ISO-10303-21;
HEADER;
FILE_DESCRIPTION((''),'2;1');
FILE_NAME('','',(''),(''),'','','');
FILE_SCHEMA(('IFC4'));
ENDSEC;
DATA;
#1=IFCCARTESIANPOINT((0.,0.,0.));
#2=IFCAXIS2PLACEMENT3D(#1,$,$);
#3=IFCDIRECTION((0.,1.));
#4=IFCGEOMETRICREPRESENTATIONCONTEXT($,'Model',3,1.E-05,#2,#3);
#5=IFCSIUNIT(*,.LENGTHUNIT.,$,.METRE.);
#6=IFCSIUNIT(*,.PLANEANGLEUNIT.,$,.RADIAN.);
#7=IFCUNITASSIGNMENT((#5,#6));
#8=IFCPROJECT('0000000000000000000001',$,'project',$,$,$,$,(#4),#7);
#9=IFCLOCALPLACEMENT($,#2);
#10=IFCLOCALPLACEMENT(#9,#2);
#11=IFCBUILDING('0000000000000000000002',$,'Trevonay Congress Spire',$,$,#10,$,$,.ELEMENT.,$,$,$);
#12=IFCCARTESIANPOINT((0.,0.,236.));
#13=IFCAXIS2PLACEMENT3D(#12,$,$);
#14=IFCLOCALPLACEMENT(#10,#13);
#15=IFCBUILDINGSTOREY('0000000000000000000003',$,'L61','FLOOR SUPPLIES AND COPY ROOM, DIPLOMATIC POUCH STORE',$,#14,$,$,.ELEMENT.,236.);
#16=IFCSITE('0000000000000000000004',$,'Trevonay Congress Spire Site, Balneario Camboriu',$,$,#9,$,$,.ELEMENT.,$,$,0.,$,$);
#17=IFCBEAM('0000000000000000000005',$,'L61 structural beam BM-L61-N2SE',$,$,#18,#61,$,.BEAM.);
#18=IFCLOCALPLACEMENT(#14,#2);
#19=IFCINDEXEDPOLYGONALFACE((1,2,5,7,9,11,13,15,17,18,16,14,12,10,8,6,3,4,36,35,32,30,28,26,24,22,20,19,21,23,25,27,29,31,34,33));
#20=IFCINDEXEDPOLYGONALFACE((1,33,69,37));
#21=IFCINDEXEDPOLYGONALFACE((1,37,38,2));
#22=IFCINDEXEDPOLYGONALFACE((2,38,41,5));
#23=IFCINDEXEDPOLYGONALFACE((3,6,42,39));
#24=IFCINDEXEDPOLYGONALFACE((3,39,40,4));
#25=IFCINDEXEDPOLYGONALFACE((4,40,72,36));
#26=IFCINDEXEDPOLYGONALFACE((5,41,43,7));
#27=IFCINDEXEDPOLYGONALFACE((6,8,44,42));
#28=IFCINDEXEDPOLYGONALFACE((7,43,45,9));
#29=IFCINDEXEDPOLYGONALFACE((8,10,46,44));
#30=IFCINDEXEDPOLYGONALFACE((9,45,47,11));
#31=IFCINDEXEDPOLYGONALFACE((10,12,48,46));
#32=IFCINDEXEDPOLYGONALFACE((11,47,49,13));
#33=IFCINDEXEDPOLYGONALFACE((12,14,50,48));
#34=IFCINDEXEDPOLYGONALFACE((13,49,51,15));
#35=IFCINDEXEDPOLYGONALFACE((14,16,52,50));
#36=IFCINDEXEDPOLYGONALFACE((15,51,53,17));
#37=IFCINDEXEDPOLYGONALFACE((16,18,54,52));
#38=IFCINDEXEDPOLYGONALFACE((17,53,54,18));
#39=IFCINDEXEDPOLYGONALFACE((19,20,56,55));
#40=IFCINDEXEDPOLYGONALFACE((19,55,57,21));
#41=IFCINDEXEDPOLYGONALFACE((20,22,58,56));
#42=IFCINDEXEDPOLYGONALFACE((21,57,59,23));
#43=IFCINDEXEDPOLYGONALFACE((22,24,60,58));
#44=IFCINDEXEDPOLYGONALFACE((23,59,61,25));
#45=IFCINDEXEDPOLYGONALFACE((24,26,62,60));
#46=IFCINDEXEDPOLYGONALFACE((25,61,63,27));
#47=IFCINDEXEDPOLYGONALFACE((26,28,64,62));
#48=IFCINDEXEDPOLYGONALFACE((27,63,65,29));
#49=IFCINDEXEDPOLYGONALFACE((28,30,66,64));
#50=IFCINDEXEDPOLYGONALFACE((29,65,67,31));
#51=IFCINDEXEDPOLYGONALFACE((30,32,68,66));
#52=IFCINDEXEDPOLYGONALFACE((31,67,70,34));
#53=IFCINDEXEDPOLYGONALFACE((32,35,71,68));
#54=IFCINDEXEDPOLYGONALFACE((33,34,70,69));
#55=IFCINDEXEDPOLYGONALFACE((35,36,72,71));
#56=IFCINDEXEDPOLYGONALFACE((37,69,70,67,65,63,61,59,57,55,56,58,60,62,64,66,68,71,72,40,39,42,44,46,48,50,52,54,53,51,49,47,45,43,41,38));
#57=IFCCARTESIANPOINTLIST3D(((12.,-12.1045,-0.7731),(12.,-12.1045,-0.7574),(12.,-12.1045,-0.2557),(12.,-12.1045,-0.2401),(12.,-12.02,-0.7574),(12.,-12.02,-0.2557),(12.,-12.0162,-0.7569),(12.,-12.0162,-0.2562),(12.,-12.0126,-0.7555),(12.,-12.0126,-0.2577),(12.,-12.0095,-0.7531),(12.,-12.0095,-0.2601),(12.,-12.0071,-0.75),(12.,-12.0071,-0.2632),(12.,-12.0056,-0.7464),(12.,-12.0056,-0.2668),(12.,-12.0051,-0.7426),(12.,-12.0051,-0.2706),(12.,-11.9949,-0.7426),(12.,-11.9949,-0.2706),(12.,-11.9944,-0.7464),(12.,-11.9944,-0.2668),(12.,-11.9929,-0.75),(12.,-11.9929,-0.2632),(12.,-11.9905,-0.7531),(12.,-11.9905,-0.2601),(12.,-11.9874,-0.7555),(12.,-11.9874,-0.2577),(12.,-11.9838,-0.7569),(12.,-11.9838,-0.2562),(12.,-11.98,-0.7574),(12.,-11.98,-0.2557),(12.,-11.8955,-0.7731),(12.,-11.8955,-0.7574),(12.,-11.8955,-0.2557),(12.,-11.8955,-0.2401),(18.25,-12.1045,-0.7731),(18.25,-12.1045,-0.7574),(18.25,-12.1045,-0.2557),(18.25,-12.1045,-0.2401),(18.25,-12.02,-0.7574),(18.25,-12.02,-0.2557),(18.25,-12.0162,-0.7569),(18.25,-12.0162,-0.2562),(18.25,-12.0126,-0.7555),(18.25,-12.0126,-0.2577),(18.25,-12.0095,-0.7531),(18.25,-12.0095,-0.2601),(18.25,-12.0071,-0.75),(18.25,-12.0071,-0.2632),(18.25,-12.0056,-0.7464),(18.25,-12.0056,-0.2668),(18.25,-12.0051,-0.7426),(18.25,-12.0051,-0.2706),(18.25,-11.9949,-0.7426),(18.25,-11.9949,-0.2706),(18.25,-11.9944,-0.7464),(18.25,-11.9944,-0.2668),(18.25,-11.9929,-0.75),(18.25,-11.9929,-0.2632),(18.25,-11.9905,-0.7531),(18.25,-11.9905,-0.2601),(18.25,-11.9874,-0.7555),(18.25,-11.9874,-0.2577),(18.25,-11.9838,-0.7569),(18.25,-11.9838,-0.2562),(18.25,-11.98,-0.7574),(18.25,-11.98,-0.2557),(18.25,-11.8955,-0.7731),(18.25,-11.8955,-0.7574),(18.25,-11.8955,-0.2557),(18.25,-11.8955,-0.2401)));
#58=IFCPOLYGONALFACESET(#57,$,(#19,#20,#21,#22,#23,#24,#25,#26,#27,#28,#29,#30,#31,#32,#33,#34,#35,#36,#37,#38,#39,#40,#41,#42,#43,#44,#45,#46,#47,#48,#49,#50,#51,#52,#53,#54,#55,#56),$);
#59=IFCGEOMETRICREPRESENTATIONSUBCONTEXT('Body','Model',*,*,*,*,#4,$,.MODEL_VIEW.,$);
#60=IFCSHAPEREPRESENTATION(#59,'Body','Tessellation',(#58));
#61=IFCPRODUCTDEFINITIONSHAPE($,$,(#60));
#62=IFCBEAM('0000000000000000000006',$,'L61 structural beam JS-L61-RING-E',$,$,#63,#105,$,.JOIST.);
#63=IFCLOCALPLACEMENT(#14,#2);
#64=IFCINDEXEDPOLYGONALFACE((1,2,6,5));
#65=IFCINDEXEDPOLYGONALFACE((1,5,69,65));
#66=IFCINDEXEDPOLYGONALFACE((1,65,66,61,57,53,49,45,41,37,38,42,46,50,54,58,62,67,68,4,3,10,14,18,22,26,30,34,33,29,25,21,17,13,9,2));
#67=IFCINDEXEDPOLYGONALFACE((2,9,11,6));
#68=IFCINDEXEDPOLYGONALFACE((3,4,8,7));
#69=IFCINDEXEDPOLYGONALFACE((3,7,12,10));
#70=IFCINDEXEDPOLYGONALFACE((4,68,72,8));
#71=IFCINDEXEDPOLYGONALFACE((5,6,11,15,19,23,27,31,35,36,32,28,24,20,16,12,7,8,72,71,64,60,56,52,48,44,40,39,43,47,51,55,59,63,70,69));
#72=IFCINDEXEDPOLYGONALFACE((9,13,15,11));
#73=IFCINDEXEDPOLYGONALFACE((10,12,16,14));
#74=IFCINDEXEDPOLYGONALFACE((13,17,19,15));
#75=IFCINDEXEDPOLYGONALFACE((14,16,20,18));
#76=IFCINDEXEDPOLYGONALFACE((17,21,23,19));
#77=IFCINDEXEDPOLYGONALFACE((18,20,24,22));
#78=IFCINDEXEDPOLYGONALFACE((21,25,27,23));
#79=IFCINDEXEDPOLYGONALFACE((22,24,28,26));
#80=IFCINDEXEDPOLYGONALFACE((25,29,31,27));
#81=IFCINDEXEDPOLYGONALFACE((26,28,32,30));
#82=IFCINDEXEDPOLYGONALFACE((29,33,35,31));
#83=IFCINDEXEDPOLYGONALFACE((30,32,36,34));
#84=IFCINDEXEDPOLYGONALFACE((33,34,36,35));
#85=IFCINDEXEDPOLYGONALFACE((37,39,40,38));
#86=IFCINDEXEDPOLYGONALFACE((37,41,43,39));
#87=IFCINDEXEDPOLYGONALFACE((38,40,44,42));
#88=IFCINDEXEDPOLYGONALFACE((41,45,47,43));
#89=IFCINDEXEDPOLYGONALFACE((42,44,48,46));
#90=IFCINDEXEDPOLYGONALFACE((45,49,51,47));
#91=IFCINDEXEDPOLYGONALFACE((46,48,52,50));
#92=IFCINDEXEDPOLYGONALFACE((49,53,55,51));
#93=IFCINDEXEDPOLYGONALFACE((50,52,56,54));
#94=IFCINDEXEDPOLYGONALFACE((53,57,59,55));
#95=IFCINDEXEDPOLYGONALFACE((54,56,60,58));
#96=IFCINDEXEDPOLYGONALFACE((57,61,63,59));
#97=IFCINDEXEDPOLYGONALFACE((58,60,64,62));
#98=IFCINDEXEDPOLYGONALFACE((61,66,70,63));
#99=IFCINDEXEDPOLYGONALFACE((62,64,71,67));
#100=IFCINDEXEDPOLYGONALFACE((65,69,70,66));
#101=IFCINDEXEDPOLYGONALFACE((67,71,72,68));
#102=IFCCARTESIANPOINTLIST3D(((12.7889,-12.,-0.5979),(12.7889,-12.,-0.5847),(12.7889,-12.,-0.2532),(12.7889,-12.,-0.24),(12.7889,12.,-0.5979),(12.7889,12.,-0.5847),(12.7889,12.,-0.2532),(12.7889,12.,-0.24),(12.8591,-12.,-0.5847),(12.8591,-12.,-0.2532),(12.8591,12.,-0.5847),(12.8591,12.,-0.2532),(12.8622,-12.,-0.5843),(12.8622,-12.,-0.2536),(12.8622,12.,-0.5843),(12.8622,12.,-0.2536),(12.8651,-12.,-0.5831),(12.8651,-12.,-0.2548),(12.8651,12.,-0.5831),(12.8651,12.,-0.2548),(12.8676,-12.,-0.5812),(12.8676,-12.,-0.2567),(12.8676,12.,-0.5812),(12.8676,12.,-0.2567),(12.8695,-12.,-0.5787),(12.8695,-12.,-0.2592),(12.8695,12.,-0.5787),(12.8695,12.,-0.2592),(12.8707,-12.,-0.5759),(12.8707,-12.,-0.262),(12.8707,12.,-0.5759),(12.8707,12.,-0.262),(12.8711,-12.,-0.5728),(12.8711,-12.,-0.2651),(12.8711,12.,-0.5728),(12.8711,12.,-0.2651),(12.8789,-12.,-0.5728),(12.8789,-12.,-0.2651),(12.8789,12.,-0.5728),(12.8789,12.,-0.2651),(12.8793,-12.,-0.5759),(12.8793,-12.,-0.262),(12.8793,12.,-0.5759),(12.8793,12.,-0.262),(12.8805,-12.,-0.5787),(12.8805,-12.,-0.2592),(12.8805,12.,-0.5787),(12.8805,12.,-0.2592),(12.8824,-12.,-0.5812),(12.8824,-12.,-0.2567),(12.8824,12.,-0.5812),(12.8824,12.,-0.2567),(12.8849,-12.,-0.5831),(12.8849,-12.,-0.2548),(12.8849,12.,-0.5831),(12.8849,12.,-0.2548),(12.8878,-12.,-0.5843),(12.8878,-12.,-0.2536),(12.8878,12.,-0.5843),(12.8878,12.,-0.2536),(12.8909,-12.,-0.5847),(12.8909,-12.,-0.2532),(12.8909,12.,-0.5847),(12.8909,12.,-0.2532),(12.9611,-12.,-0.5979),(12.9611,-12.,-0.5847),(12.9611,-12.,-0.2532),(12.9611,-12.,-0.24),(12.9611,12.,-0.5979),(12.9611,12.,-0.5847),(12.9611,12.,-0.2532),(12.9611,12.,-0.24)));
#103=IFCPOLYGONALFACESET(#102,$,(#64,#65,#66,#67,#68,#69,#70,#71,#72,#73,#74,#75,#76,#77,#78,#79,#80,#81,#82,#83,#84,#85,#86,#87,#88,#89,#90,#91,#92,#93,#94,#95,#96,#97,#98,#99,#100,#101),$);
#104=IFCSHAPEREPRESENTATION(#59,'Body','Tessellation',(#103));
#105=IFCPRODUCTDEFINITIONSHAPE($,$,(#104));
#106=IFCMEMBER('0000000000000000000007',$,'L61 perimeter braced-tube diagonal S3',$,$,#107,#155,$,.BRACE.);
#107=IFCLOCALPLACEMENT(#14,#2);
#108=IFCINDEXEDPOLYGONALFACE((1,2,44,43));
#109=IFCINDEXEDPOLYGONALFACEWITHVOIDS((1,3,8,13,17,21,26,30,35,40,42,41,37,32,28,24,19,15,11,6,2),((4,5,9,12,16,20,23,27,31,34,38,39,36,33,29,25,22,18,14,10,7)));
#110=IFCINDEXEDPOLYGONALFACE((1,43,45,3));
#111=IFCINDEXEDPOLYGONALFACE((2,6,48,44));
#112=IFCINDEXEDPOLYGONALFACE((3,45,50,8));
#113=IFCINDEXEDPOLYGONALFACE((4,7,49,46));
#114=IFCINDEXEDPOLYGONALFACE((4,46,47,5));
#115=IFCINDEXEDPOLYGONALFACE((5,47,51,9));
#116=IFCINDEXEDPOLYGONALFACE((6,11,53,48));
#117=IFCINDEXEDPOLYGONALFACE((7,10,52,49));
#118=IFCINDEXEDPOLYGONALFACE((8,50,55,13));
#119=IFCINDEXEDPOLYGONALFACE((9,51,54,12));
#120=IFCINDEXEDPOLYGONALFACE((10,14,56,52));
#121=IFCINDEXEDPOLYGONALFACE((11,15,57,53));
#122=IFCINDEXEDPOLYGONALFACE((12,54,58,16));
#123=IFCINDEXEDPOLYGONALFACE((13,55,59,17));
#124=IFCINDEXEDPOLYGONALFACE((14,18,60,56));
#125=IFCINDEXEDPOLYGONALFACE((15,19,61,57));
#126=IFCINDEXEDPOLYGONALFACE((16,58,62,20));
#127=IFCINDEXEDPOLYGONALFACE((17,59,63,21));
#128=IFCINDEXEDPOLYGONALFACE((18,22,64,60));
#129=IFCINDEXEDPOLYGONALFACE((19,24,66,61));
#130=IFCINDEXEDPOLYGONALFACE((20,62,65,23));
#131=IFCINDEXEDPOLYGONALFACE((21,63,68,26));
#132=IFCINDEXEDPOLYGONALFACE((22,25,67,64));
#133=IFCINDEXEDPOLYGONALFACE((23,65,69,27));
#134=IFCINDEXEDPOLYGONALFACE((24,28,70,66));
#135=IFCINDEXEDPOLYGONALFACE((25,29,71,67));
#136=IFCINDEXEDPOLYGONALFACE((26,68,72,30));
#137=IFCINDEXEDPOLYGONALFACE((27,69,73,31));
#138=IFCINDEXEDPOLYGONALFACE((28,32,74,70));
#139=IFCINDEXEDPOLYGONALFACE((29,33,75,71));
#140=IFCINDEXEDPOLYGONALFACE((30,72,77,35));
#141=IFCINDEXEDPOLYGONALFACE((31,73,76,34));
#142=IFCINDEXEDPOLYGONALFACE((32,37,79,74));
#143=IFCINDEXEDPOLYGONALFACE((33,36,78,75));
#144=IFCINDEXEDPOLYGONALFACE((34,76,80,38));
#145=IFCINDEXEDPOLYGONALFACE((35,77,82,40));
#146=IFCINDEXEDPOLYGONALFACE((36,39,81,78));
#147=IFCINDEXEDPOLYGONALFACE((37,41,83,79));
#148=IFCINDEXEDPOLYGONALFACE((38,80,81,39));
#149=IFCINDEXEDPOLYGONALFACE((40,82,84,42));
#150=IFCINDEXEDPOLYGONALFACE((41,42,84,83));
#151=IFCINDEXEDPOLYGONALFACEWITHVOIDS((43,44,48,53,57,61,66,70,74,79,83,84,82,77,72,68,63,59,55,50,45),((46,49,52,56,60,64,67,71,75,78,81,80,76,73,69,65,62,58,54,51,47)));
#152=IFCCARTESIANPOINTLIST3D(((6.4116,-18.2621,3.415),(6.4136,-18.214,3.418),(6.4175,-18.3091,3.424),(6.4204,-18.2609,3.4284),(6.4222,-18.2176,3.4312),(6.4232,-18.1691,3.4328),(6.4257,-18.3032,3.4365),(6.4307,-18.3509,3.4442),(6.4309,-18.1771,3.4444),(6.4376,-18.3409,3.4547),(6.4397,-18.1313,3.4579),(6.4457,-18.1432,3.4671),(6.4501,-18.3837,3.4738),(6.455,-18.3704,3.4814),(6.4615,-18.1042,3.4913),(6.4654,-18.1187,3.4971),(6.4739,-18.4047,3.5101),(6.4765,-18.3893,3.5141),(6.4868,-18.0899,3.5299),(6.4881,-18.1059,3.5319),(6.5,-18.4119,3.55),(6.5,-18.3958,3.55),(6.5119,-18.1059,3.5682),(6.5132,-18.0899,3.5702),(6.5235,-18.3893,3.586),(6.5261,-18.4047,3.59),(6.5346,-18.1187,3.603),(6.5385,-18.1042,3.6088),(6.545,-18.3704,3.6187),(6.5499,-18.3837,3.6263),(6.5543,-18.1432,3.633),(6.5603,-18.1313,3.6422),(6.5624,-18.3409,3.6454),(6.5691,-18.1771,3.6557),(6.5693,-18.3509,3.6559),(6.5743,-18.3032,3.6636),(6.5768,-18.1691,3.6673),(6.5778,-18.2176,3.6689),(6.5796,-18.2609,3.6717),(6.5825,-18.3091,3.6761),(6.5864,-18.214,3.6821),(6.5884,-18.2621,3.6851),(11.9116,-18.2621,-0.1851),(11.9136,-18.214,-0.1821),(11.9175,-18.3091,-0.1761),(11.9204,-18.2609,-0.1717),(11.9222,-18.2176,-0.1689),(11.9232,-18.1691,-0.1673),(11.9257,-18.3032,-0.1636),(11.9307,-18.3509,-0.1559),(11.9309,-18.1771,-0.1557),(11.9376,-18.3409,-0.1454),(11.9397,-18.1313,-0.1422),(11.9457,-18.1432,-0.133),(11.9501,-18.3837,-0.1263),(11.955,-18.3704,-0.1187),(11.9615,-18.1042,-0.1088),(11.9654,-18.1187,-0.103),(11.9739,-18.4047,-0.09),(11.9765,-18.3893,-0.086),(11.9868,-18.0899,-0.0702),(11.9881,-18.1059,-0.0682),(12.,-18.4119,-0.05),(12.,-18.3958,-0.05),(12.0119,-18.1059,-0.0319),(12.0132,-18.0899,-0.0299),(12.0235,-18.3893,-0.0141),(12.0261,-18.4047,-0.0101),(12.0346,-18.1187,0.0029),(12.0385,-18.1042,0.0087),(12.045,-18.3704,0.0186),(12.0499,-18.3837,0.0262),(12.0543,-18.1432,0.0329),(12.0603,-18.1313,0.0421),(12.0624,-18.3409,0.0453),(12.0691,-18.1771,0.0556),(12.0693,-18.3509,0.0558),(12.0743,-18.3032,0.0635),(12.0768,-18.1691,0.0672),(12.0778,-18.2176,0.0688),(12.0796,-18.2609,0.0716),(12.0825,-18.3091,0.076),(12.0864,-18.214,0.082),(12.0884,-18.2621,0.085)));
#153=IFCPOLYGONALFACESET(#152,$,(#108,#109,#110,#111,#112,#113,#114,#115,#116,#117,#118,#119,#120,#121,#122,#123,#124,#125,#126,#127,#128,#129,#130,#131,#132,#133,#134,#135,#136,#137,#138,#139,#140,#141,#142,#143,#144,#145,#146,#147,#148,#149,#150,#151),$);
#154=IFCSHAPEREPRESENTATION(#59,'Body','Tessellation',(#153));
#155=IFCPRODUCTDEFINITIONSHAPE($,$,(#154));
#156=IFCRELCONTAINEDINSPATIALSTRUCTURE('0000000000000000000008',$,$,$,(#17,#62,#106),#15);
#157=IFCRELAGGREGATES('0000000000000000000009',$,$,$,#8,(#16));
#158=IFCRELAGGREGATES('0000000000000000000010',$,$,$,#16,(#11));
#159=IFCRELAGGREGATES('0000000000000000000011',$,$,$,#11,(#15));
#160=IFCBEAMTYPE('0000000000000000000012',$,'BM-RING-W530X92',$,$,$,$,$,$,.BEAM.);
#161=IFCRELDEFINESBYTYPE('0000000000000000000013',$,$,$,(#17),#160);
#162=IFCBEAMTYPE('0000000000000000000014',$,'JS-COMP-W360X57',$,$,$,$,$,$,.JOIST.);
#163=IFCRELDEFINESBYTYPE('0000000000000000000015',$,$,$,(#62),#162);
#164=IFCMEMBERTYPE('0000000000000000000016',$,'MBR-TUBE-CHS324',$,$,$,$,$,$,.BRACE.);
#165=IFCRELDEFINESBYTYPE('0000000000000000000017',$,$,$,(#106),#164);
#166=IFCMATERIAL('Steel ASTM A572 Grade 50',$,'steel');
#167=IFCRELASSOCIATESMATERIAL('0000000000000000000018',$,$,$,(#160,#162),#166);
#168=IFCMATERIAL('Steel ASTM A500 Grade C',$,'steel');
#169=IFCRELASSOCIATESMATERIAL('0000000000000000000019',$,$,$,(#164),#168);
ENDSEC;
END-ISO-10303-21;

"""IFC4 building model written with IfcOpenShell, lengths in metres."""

from ifc_helpers import new_model, si_unit, direction, frame, origin, origin_2d, place, context, subcontext, project, spatial, hollow_circle, i_section, extrude, material, material_profile, profile_set, type_object, element, save


model = new_model("IFC4")

# Units and contexts
model_context = context("Model", 3, precision=1e-05, world=origin(), true_north=direction((0.0, 1.0)))
body_context = subcontext(model_context, "Body", "Model", "MODEL_VIEW")
ifc_project = project(units=[si_unit("LENGTHUNIT", "METRE"), si_unit("PLANEANGLEUNIT", "RADIAN")], contexts=[model_context])

# Site, building, storey
site_placement = place(None, origin())
site = spatial("IfcSite", under=ifc_project, at=site_placement, Name="Trevonay Congress Spire Site, Balneario Camboriu", CompositionType="ELEMENT", RefElevation=0.0)
building_placement = place(site_placement, origin())
building = spatial("IfcBuilding", under=site, at=building_placement, Name="Trevonay Congress Spire", CompositionType="ELEMENT")
storey_placement = place(building_placement, frame((0.0, 0.0, 236.0)))
storey = spatial("IfcBuildingStorey", under=building, at=storey_placement, Name="L61", Description="FLOOR SUPPLIES AND COPY ROOM, DIPLOMATIC POUCH STORE", CompositionType="ELEMENT", Elevation=236.0)

# Shared definitions
ifc_material_1 = material(Name="Steel ASTM A572 Grade 50", Category="steel")

# Beams
ifc_material_profile_1 = material_profile(ifc_material_1, i_section(OverallWidth=0.209, OverallDepth=0.533, WebThickness=0.0103, FlangeThickness=0.0156, FilletRadius=0.0149, at=origin_2d()), Name="W530x92")
ifc_profile_set_1 = profile_set([ifc_material_profile_1], Name="Steel ASTM A572 Grade 50")
beam_type_1 = type_object("IfcBeamType", Name="BM-RING-W530X92", PredefinedType="BEAM", material=ifc_profile_set_1)
for number, where, z_axis, x_axis, name in (
    (1, (18.25, -12.0, -0.5066), (-1.0, 0.0, 0.0), (0.0, -1.0, 0.0), "L61 structural beam BM-L61-N2SE"),
):
    element("IfcBeam", number, at=place(storey_placement, frame(where, z_axis=z_axis, x_axis=x_axis)), inside=storey, type_object=beam_type_1, Name=name, PredefinedType="BEAM", context=body_context, shape_type="SweptSolid", body=[
        extrude(i_section(OverallWidth=0.209, OverallDepth=0.533, WebThickness=0.0103, FlangeThickness=0.0156, FilletRadius=0.0149, at=origin_2d()), origin(), (0.0, 0.0, 1.0), 6.25),
    ])
ifc_material_profile_2 = material_profile(ifc_material_1, i_section(OverallWidth=0.1721, OverallDepth=0.3579, WebThickness=0.0078, FlangeThickness=0.0132, FilletRadius=0.012, at=origin_2d()), Name="W360x57.8")
ifc_profile_set_2 = profile_set([ifc_material_profile_2], Name="Steel ASTM A572 Grade 50")
beam_type_2 = type_object("IfcBeamType", Name="JS-COMP-W360X57", PredefinedType="JOIST", material=ifc_profile_set_2)
beam_placement = place(storey_placement, frame((12.875, -12.0, -0.4189), z_axis=(0.0, 1.0, 0.0), x_axis=(-1.0, 0.0, 0.0)))
element("IfcBeam", 2, at=beam_placement, inside=storey, type_object=beam_type_2, Name="L61 structural beam JS-L61-RING-E", PredefinedType="JOIST", context=body_context, shape_type="SweptSolid", body=[
    extrude(i_section(OverallWidth=0.1721, OverallDepth=0.3579, WebThickness=0.0078, FlangeThickness=0.0132, FilletRadius=0.012, at=origin_2d()), origin(), (0.0, 0.0, 1.0), 24.0),
])

# Member
ifc_material_2 = material(Name="Steel ASTM A500 Grade C", Category="steel")
ifc_material_profile_3 = material_profile(ifc_material_2, hollow_circle(Radius=0.1619, WallThickness=0.0161, at=origin_2d()), Name="CHS 323.9x16")
ifc_profile_set_3 = profile_set([ifc_material_profile_3], Name="Steel ASTM A500 Grade C")
member_type = type_object("IfcMemberType", Name="MBR-TUBE-CHS324", PredefinedType="BRACE", material=ifc_profile_set_3)
for number, where, z_axis, x_axis, name in (
    (3, (12.0, -18.25, -0.05), (-0.836695, 0.0, 0.54767), (0.0, -1.0, 0.0), "L61 perimeter braced-tube diagonal S3"),
):
    element("IfcMember", number, at=place(storey_placement, frame(where, z_axis=z_axis, x_axis=x_axis)), inside=storey, type_object=member_type, Name=name, PredefinedType="BRACE", context=body_context, shape_type="SweptSolid", body=[
        extrude(hollow_circle(Radius=0.1619, WallThickness=0.0161, at=origin_2d()), origin(), (0.0, 0.0, 1.0), 6.5735),
    ])

save(model, "model.ifc")
